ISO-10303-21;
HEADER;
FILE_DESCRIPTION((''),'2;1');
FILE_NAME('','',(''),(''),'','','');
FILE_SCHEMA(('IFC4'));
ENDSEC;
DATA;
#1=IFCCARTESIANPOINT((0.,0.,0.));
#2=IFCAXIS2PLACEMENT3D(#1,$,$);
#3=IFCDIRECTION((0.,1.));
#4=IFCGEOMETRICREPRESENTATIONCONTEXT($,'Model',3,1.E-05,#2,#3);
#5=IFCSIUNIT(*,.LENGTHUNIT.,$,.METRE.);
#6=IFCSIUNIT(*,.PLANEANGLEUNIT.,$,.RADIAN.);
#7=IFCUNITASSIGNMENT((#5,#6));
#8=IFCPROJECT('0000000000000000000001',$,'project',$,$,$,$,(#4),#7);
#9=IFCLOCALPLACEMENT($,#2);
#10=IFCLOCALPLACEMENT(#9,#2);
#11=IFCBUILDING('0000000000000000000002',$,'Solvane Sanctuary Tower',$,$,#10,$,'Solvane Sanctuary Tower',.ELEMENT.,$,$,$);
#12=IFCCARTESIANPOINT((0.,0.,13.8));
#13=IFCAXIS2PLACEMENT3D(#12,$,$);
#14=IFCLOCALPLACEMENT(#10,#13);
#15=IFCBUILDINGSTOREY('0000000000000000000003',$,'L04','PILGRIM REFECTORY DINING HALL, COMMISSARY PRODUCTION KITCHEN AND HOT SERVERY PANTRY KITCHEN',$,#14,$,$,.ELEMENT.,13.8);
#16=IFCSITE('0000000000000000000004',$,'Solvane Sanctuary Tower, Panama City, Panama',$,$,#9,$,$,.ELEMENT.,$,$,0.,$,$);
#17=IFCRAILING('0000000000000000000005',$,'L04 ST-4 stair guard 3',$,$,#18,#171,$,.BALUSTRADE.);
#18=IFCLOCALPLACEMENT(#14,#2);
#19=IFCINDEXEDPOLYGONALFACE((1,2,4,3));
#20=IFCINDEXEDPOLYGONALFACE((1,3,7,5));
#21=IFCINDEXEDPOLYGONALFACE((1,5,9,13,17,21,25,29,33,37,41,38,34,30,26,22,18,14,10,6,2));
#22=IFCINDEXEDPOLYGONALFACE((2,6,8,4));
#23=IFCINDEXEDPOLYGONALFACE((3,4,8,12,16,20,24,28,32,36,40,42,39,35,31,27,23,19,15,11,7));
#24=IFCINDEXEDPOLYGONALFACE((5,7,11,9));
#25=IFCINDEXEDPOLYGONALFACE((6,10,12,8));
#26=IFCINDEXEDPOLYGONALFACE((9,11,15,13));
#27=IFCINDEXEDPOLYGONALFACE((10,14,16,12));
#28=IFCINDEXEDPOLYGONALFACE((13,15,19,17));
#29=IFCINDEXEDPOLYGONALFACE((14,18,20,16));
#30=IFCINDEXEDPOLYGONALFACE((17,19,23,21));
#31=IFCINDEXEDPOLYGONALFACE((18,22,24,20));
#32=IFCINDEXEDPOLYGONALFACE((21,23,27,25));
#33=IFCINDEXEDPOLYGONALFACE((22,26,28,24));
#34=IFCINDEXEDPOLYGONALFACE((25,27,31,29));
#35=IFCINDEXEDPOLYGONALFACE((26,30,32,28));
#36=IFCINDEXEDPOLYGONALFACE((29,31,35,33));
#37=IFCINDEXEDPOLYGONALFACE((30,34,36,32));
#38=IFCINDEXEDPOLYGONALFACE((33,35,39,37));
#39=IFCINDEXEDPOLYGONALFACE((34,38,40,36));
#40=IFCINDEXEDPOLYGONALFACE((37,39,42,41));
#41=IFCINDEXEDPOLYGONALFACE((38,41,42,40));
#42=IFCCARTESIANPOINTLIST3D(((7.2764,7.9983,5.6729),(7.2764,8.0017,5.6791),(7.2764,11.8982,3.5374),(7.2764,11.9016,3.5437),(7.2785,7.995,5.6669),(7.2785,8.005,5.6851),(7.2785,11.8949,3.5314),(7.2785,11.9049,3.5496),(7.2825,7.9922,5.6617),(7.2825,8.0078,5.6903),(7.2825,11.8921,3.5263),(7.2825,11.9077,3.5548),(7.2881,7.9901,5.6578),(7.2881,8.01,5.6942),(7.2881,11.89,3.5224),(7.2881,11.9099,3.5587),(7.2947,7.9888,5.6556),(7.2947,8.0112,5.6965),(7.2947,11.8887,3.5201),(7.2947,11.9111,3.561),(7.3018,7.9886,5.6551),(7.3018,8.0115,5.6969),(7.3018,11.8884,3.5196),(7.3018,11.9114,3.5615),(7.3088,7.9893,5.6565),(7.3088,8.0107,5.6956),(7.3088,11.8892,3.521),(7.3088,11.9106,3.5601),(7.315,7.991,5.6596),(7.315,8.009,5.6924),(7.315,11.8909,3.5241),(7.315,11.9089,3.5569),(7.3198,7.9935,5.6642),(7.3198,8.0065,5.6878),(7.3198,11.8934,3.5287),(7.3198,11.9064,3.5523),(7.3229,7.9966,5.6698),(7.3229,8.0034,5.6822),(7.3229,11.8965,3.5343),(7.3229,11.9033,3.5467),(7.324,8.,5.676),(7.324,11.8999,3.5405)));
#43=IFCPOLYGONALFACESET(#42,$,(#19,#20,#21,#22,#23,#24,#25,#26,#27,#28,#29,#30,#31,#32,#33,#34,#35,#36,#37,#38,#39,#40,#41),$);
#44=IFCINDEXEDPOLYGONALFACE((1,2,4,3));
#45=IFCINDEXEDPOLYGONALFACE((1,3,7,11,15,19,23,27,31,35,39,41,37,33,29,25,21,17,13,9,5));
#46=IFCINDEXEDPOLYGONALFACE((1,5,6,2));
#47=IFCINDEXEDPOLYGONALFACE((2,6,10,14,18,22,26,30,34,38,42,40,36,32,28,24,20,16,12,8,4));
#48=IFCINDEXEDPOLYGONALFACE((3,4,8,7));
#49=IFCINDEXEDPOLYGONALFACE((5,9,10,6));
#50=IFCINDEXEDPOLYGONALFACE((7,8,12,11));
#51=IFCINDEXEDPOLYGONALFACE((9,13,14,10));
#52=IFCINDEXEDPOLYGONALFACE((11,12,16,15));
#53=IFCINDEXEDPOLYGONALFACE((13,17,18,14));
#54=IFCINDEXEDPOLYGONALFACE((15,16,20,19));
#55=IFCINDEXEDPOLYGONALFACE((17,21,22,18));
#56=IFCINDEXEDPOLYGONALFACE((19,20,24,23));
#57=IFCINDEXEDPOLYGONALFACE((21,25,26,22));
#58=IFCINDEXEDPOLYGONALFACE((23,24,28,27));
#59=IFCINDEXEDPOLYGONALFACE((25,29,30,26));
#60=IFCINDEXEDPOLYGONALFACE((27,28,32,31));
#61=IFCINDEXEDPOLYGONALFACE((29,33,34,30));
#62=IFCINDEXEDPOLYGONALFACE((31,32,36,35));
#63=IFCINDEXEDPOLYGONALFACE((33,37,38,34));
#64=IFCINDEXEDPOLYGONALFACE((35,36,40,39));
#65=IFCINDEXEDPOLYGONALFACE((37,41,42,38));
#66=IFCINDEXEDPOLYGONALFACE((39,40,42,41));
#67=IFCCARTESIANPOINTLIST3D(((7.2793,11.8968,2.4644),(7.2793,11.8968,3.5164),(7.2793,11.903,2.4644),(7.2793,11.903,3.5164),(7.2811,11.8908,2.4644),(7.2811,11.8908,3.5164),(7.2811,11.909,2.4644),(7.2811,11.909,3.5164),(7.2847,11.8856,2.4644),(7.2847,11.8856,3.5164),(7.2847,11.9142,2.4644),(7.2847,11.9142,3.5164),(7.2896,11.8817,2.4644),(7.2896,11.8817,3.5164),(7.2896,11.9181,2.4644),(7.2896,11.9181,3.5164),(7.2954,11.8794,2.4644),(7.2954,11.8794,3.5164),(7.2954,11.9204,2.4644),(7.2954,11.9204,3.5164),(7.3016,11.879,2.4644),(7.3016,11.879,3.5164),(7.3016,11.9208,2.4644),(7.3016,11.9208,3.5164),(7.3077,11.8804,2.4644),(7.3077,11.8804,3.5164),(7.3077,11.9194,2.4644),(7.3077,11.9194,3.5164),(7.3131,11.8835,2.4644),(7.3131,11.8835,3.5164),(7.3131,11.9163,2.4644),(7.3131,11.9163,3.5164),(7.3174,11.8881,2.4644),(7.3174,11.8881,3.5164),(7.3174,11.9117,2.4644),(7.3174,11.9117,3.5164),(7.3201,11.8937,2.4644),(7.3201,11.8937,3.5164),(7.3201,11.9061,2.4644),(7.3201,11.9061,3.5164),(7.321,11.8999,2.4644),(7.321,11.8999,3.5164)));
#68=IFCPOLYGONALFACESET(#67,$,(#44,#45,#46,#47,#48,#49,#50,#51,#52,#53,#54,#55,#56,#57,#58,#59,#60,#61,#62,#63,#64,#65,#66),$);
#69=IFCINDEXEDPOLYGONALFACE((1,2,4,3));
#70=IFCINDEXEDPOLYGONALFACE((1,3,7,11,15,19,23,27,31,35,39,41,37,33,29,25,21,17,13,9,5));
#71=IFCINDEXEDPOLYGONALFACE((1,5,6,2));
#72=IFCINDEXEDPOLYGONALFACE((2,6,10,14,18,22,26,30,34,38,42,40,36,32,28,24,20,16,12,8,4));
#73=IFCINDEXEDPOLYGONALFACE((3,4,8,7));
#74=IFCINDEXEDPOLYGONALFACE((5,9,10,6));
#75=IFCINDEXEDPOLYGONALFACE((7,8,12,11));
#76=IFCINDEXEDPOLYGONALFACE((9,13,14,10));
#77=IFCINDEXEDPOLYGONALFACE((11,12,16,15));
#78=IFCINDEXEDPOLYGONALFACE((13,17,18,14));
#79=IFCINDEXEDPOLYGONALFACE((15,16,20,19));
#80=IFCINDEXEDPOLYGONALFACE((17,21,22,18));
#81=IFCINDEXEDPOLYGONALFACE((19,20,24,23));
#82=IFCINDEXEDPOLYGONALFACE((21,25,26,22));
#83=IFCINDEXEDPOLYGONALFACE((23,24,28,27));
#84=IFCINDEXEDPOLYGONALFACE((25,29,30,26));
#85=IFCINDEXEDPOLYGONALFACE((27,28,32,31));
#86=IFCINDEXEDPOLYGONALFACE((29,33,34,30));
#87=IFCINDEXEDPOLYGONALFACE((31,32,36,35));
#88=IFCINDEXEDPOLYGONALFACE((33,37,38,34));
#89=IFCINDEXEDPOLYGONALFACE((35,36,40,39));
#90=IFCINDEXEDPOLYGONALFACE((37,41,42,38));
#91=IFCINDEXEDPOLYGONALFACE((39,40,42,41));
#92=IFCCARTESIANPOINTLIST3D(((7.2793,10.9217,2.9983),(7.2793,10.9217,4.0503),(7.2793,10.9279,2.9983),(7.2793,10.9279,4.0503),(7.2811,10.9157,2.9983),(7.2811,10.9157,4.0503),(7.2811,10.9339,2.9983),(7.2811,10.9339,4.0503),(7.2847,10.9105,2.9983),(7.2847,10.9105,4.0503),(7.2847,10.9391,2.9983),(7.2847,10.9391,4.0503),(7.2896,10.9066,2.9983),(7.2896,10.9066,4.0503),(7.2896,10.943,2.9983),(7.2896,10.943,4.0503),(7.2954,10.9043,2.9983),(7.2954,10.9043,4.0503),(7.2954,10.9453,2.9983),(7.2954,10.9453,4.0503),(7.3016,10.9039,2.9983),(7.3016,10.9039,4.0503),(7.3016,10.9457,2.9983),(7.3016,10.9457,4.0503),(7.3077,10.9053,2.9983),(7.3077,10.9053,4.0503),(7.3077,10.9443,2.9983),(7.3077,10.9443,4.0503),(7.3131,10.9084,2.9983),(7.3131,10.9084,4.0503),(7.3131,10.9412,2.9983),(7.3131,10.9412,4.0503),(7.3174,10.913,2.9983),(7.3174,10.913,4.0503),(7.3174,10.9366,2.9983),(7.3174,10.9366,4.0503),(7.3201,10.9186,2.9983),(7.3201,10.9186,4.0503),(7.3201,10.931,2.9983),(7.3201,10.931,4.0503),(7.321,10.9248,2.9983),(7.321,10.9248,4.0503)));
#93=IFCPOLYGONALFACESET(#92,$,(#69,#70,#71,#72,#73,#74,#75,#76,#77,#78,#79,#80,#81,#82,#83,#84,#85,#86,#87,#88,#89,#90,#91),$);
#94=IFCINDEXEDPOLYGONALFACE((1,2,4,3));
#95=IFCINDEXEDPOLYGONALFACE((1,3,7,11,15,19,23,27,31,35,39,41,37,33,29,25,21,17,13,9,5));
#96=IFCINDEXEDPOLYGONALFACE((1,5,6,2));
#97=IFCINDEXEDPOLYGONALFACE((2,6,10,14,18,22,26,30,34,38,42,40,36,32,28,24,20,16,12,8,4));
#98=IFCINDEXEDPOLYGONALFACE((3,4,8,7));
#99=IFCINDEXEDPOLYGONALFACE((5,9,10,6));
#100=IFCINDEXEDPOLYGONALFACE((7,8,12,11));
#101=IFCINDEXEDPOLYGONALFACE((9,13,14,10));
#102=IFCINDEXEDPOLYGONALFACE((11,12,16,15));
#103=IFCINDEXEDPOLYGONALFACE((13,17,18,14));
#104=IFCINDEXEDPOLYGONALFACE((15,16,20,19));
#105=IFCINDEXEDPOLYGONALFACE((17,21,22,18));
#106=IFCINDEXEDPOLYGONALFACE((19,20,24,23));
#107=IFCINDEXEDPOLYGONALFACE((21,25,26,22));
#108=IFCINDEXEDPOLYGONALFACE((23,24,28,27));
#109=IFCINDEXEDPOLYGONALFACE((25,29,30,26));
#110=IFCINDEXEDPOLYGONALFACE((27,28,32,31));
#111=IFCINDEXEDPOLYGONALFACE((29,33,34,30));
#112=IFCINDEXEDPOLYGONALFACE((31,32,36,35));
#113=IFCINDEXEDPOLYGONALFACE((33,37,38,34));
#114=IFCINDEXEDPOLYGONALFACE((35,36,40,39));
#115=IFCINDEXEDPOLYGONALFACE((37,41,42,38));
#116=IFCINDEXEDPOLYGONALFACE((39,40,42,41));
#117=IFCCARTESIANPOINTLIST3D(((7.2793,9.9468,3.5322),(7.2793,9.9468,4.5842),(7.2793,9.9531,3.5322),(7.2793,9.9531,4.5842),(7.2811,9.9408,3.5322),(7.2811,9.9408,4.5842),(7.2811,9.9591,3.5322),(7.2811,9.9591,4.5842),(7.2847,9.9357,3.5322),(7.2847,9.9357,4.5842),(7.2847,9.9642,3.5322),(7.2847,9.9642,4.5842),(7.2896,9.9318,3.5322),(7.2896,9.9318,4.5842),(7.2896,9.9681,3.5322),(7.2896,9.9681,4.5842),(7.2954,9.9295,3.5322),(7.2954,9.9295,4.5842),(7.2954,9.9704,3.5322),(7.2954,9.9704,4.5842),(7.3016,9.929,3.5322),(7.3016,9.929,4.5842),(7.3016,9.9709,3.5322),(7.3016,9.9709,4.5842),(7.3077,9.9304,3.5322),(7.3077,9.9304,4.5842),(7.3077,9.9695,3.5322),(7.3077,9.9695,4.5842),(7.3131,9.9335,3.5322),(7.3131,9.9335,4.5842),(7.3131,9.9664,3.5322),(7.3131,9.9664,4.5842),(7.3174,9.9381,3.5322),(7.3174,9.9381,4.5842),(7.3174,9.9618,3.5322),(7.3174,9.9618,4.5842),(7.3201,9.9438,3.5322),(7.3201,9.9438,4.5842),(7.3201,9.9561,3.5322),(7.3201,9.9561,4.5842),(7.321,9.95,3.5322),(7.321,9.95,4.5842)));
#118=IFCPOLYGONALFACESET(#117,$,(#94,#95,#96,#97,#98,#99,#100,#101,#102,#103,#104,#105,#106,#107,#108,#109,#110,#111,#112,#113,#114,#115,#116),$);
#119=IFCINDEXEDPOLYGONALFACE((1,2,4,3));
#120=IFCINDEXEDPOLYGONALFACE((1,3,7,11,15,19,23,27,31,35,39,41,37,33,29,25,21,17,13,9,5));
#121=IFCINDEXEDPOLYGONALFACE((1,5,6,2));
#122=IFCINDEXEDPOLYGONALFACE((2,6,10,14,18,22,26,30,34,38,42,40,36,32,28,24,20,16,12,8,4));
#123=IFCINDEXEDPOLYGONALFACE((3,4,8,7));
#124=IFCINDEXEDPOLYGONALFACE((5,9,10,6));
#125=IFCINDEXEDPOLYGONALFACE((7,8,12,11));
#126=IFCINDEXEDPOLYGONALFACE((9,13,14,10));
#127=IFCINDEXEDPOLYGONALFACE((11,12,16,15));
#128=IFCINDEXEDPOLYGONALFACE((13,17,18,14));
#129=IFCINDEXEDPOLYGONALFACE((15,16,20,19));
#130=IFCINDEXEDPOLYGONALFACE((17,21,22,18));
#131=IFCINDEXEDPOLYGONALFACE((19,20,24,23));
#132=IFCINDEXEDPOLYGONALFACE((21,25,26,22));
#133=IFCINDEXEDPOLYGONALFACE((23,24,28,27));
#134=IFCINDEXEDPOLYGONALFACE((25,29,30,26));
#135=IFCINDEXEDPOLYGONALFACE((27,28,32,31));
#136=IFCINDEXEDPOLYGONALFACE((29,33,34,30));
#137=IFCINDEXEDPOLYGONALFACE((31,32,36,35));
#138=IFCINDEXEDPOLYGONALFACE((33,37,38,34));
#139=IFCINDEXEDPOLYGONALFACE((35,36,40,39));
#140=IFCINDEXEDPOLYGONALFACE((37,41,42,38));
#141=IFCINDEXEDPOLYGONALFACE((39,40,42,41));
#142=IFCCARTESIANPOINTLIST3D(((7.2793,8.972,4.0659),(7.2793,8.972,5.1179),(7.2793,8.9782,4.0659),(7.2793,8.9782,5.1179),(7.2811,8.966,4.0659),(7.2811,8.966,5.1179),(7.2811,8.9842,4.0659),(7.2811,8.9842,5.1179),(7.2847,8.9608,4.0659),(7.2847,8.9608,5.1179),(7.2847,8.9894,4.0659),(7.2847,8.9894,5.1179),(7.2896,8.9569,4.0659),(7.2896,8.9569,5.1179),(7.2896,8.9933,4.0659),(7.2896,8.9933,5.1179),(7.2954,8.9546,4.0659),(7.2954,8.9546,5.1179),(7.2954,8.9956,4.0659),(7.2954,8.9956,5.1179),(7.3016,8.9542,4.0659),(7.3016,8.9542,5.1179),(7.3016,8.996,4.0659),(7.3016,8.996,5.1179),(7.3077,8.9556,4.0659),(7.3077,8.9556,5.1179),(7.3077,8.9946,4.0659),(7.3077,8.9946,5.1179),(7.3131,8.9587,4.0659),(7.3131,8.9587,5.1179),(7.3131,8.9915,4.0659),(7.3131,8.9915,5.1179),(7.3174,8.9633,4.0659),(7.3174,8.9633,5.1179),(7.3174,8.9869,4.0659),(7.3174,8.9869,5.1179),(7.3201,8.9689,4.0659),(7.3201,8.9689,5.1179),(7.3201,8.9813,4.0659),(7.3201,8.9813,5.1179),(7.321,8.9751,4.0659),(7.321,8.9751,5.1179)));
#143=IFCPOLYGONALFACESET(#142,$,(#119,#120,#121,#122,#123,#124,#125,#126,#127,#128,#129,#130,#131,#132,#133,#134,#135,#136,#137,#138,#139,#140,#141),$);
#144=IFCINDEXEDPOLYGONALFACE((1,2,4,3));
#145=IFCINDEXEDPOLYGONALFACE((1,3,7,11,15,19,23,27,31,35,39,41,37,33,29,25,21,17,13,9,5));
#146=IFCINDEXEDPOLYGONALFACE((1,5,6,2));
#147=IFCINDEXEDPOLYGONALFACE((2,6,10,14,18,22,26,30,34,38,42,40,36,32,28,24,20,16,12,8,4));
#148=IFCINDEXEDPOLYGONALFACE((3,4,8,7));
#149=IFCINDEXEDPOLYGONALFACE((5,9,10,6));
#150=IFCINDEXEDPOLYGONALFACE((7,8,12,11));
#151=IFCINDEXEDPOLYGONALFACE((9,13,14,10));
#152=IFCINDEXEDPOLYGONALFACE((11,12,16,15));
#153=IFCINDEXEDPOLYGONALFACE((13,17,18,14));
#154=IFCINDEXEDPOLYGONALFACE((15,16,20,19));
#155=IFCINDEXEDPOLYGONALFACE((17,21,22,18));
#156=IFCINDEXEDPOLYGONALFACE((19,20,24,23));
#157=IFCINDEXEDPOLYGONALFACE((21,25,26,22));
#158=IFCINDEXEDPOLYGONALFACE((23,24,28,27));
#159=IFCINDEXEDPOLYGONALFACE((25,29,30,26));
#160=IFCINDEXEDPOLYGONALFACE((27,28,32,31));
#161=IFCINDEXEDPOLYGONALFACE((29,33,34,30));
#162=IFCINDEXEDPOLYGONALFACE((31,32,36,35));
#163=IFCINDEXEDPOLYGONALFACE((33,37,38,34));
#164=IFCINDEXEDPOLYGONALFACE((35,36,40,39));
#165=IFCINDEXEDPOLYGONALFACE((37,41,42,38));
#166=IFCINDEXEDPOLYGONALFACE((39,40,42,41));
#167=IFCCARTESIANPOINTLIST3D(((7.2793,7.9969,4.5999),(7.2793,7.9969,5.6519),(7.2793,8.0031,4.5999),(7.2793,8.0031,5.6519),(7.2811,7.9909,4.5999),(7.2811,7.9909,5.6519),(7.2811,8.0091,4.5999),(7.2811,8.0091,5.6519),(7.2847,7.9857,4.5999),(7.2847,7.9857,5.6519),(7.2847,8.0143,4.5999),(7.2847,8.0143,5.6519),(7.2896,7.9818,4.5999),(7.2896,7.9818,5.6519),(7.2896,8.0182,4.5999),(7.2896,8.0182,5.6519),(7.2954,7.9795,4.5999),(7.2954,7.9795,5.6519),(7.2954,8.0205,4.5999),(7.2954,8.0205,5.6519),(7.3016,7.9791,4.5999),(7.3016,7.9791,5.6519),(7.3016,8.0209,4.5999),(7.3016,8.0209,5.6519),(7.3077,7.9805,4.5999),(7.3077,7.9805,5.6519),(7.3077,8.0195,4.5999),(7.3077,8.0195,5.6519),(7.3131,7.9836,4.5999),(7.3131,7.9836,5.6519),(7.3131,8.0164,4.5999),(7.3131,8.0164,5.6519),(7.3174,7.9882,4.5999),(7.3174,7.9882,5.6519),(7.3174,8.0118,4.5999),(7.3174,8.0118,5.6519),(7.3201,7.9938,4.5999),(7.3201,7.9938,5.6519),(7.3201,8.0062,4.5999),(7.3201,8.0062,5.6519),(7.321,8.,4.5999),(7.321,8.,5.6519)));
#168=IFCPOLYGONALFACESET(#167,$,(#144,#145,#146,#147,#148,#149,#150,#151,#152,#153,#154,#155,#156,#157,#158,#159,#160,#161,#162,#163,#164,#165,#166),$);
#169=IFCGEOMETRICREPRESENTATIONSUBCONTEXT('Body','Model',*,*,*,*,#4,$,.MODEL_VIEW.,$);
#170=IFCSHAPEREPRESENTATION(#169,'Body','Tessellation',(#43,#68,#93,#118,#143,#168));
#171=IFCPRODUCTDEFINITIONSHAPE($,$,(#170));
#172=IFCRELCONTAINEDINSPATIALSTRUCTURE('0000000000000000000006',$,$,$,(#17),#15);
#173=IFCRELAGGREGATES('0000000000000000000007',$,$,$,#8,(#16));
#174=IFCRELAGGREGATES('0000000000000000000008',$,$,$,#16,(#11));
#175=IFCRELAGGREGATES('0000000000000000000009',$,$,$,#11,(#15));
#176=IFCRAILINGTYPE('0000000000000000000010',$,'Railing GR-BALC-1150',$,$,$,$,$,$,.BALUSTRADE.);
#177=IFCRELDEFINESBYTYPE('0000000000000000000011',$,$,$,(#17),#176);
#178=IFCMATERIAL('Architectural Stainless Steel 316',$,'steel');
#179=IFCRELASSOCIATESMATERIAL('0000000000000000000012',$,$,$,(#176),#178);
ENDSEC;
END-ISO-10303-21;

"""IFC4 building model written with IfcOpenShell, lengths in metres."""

from ifc_helpers import new_model, si_unit, direction, frame, origin, origin_2d, place, context, subcontext, project, spatial, circle, extrude, material, type_object, element, save


model = new_model("IFC4")

# Units and contexts
model_context = context("Model", 3, precision=1e-05, world=origin(), true_north=direction((0.0, 1.0)))
body_context = subcontext(model_context, "Body", "Model", "MODEL_VIEW")
ifc_project = project(units=[si_unit("LENGTHUNIT", "METRE"), si_unit("PLANEANGLEUNIT", "RADIAN")], contexts=[model_context])

# Site, building, storey
site_placement = place(None, origin())
site = spatial("IfcSite", under=ifc_project, at=site_placement, Name="Solvane Sanctuary Tower, Panama City, Panama", CompositionType="ELEMENT", RefElevation=0.0)
building_placement = place(site_placement, origin())
building = spatial("IfcBuilding", under=site, at=building_placement, Name="Solvane Sanctuary Tower", LongName="Solvane Sanctuary Tower", CompositionType="ELEMENT")
storey_placement = place(building_placement, frame((0.0, 0.0, 13.8)))
storey = spatial("IfcBuildingStorey", under=building, at=storey_placement, Name="L04", Description="PILGRIM REFECTORY DINING HALL, COMMISSARY PRODUCTION KITCHEN AND HOT SERVERY PANTRY KITCHEN", CompositionType="ELEMENT", Elevation=13.8)

# Shared definitions
ifc_material_1 = material(Name="Architectural Stainless Steel 316", Category="steel")

# Railing
railing_type_1 = type_object("IfcRailingType", Name="Railing GR-BALC-1150", PredefinedType="BALUSTRADE", material=ifc_material_1)
railing_1_placement = place(storey_placement, frame((7.3, 11.8999, 2.4644)))
element("IfcRailing", 1, at=railing_1_placement, inside=storey, type_object=railing_type_1, Name="L04 ST-4 stair guard 3", PredefinedType="BALUSTRADE", context=body_context, shape_type="SweptSolid", body=[
    extrude(circle(Radius=0.0239, at=origin_2d()), frame((0.0, 0.0, 1.0762), z_axis=(0.0, -0.877112, 0.480286), x_axis=(1.0, 0.0, 0.0)), (0.0, 0.0, 1.0), 4.4463),
    extrude(circle(Radius=0.021, at=origin_2d()), origin(), (0.0, 0.0, 1.0), 1.052),
    extrude(circle(Radius=0.021, at=origin_2d()), frame((0.0, -0.9751, 0.5339)), (0.0, 0.0, 1.0), 1.052),
    extrude(circle(Radius=0.021, at=origin_2d()), frame((0.0, -1.95, 1.0679)), (0.0, 0.0, 1.0), 1.052),
    extrude(circle(Radius=0.021, at=origin_2d()), frame((0.0, -2.9248, 1.6016)), (0.0, 0.0, 1.0), 1.052),
    extrude(circle(Radius=0.021, at=origin_2d()), frame((0.0, -3.8999, 2.1355)), (0.0, 0.0, 1.0), 1.052),
])

save(model, "model.ifc")
